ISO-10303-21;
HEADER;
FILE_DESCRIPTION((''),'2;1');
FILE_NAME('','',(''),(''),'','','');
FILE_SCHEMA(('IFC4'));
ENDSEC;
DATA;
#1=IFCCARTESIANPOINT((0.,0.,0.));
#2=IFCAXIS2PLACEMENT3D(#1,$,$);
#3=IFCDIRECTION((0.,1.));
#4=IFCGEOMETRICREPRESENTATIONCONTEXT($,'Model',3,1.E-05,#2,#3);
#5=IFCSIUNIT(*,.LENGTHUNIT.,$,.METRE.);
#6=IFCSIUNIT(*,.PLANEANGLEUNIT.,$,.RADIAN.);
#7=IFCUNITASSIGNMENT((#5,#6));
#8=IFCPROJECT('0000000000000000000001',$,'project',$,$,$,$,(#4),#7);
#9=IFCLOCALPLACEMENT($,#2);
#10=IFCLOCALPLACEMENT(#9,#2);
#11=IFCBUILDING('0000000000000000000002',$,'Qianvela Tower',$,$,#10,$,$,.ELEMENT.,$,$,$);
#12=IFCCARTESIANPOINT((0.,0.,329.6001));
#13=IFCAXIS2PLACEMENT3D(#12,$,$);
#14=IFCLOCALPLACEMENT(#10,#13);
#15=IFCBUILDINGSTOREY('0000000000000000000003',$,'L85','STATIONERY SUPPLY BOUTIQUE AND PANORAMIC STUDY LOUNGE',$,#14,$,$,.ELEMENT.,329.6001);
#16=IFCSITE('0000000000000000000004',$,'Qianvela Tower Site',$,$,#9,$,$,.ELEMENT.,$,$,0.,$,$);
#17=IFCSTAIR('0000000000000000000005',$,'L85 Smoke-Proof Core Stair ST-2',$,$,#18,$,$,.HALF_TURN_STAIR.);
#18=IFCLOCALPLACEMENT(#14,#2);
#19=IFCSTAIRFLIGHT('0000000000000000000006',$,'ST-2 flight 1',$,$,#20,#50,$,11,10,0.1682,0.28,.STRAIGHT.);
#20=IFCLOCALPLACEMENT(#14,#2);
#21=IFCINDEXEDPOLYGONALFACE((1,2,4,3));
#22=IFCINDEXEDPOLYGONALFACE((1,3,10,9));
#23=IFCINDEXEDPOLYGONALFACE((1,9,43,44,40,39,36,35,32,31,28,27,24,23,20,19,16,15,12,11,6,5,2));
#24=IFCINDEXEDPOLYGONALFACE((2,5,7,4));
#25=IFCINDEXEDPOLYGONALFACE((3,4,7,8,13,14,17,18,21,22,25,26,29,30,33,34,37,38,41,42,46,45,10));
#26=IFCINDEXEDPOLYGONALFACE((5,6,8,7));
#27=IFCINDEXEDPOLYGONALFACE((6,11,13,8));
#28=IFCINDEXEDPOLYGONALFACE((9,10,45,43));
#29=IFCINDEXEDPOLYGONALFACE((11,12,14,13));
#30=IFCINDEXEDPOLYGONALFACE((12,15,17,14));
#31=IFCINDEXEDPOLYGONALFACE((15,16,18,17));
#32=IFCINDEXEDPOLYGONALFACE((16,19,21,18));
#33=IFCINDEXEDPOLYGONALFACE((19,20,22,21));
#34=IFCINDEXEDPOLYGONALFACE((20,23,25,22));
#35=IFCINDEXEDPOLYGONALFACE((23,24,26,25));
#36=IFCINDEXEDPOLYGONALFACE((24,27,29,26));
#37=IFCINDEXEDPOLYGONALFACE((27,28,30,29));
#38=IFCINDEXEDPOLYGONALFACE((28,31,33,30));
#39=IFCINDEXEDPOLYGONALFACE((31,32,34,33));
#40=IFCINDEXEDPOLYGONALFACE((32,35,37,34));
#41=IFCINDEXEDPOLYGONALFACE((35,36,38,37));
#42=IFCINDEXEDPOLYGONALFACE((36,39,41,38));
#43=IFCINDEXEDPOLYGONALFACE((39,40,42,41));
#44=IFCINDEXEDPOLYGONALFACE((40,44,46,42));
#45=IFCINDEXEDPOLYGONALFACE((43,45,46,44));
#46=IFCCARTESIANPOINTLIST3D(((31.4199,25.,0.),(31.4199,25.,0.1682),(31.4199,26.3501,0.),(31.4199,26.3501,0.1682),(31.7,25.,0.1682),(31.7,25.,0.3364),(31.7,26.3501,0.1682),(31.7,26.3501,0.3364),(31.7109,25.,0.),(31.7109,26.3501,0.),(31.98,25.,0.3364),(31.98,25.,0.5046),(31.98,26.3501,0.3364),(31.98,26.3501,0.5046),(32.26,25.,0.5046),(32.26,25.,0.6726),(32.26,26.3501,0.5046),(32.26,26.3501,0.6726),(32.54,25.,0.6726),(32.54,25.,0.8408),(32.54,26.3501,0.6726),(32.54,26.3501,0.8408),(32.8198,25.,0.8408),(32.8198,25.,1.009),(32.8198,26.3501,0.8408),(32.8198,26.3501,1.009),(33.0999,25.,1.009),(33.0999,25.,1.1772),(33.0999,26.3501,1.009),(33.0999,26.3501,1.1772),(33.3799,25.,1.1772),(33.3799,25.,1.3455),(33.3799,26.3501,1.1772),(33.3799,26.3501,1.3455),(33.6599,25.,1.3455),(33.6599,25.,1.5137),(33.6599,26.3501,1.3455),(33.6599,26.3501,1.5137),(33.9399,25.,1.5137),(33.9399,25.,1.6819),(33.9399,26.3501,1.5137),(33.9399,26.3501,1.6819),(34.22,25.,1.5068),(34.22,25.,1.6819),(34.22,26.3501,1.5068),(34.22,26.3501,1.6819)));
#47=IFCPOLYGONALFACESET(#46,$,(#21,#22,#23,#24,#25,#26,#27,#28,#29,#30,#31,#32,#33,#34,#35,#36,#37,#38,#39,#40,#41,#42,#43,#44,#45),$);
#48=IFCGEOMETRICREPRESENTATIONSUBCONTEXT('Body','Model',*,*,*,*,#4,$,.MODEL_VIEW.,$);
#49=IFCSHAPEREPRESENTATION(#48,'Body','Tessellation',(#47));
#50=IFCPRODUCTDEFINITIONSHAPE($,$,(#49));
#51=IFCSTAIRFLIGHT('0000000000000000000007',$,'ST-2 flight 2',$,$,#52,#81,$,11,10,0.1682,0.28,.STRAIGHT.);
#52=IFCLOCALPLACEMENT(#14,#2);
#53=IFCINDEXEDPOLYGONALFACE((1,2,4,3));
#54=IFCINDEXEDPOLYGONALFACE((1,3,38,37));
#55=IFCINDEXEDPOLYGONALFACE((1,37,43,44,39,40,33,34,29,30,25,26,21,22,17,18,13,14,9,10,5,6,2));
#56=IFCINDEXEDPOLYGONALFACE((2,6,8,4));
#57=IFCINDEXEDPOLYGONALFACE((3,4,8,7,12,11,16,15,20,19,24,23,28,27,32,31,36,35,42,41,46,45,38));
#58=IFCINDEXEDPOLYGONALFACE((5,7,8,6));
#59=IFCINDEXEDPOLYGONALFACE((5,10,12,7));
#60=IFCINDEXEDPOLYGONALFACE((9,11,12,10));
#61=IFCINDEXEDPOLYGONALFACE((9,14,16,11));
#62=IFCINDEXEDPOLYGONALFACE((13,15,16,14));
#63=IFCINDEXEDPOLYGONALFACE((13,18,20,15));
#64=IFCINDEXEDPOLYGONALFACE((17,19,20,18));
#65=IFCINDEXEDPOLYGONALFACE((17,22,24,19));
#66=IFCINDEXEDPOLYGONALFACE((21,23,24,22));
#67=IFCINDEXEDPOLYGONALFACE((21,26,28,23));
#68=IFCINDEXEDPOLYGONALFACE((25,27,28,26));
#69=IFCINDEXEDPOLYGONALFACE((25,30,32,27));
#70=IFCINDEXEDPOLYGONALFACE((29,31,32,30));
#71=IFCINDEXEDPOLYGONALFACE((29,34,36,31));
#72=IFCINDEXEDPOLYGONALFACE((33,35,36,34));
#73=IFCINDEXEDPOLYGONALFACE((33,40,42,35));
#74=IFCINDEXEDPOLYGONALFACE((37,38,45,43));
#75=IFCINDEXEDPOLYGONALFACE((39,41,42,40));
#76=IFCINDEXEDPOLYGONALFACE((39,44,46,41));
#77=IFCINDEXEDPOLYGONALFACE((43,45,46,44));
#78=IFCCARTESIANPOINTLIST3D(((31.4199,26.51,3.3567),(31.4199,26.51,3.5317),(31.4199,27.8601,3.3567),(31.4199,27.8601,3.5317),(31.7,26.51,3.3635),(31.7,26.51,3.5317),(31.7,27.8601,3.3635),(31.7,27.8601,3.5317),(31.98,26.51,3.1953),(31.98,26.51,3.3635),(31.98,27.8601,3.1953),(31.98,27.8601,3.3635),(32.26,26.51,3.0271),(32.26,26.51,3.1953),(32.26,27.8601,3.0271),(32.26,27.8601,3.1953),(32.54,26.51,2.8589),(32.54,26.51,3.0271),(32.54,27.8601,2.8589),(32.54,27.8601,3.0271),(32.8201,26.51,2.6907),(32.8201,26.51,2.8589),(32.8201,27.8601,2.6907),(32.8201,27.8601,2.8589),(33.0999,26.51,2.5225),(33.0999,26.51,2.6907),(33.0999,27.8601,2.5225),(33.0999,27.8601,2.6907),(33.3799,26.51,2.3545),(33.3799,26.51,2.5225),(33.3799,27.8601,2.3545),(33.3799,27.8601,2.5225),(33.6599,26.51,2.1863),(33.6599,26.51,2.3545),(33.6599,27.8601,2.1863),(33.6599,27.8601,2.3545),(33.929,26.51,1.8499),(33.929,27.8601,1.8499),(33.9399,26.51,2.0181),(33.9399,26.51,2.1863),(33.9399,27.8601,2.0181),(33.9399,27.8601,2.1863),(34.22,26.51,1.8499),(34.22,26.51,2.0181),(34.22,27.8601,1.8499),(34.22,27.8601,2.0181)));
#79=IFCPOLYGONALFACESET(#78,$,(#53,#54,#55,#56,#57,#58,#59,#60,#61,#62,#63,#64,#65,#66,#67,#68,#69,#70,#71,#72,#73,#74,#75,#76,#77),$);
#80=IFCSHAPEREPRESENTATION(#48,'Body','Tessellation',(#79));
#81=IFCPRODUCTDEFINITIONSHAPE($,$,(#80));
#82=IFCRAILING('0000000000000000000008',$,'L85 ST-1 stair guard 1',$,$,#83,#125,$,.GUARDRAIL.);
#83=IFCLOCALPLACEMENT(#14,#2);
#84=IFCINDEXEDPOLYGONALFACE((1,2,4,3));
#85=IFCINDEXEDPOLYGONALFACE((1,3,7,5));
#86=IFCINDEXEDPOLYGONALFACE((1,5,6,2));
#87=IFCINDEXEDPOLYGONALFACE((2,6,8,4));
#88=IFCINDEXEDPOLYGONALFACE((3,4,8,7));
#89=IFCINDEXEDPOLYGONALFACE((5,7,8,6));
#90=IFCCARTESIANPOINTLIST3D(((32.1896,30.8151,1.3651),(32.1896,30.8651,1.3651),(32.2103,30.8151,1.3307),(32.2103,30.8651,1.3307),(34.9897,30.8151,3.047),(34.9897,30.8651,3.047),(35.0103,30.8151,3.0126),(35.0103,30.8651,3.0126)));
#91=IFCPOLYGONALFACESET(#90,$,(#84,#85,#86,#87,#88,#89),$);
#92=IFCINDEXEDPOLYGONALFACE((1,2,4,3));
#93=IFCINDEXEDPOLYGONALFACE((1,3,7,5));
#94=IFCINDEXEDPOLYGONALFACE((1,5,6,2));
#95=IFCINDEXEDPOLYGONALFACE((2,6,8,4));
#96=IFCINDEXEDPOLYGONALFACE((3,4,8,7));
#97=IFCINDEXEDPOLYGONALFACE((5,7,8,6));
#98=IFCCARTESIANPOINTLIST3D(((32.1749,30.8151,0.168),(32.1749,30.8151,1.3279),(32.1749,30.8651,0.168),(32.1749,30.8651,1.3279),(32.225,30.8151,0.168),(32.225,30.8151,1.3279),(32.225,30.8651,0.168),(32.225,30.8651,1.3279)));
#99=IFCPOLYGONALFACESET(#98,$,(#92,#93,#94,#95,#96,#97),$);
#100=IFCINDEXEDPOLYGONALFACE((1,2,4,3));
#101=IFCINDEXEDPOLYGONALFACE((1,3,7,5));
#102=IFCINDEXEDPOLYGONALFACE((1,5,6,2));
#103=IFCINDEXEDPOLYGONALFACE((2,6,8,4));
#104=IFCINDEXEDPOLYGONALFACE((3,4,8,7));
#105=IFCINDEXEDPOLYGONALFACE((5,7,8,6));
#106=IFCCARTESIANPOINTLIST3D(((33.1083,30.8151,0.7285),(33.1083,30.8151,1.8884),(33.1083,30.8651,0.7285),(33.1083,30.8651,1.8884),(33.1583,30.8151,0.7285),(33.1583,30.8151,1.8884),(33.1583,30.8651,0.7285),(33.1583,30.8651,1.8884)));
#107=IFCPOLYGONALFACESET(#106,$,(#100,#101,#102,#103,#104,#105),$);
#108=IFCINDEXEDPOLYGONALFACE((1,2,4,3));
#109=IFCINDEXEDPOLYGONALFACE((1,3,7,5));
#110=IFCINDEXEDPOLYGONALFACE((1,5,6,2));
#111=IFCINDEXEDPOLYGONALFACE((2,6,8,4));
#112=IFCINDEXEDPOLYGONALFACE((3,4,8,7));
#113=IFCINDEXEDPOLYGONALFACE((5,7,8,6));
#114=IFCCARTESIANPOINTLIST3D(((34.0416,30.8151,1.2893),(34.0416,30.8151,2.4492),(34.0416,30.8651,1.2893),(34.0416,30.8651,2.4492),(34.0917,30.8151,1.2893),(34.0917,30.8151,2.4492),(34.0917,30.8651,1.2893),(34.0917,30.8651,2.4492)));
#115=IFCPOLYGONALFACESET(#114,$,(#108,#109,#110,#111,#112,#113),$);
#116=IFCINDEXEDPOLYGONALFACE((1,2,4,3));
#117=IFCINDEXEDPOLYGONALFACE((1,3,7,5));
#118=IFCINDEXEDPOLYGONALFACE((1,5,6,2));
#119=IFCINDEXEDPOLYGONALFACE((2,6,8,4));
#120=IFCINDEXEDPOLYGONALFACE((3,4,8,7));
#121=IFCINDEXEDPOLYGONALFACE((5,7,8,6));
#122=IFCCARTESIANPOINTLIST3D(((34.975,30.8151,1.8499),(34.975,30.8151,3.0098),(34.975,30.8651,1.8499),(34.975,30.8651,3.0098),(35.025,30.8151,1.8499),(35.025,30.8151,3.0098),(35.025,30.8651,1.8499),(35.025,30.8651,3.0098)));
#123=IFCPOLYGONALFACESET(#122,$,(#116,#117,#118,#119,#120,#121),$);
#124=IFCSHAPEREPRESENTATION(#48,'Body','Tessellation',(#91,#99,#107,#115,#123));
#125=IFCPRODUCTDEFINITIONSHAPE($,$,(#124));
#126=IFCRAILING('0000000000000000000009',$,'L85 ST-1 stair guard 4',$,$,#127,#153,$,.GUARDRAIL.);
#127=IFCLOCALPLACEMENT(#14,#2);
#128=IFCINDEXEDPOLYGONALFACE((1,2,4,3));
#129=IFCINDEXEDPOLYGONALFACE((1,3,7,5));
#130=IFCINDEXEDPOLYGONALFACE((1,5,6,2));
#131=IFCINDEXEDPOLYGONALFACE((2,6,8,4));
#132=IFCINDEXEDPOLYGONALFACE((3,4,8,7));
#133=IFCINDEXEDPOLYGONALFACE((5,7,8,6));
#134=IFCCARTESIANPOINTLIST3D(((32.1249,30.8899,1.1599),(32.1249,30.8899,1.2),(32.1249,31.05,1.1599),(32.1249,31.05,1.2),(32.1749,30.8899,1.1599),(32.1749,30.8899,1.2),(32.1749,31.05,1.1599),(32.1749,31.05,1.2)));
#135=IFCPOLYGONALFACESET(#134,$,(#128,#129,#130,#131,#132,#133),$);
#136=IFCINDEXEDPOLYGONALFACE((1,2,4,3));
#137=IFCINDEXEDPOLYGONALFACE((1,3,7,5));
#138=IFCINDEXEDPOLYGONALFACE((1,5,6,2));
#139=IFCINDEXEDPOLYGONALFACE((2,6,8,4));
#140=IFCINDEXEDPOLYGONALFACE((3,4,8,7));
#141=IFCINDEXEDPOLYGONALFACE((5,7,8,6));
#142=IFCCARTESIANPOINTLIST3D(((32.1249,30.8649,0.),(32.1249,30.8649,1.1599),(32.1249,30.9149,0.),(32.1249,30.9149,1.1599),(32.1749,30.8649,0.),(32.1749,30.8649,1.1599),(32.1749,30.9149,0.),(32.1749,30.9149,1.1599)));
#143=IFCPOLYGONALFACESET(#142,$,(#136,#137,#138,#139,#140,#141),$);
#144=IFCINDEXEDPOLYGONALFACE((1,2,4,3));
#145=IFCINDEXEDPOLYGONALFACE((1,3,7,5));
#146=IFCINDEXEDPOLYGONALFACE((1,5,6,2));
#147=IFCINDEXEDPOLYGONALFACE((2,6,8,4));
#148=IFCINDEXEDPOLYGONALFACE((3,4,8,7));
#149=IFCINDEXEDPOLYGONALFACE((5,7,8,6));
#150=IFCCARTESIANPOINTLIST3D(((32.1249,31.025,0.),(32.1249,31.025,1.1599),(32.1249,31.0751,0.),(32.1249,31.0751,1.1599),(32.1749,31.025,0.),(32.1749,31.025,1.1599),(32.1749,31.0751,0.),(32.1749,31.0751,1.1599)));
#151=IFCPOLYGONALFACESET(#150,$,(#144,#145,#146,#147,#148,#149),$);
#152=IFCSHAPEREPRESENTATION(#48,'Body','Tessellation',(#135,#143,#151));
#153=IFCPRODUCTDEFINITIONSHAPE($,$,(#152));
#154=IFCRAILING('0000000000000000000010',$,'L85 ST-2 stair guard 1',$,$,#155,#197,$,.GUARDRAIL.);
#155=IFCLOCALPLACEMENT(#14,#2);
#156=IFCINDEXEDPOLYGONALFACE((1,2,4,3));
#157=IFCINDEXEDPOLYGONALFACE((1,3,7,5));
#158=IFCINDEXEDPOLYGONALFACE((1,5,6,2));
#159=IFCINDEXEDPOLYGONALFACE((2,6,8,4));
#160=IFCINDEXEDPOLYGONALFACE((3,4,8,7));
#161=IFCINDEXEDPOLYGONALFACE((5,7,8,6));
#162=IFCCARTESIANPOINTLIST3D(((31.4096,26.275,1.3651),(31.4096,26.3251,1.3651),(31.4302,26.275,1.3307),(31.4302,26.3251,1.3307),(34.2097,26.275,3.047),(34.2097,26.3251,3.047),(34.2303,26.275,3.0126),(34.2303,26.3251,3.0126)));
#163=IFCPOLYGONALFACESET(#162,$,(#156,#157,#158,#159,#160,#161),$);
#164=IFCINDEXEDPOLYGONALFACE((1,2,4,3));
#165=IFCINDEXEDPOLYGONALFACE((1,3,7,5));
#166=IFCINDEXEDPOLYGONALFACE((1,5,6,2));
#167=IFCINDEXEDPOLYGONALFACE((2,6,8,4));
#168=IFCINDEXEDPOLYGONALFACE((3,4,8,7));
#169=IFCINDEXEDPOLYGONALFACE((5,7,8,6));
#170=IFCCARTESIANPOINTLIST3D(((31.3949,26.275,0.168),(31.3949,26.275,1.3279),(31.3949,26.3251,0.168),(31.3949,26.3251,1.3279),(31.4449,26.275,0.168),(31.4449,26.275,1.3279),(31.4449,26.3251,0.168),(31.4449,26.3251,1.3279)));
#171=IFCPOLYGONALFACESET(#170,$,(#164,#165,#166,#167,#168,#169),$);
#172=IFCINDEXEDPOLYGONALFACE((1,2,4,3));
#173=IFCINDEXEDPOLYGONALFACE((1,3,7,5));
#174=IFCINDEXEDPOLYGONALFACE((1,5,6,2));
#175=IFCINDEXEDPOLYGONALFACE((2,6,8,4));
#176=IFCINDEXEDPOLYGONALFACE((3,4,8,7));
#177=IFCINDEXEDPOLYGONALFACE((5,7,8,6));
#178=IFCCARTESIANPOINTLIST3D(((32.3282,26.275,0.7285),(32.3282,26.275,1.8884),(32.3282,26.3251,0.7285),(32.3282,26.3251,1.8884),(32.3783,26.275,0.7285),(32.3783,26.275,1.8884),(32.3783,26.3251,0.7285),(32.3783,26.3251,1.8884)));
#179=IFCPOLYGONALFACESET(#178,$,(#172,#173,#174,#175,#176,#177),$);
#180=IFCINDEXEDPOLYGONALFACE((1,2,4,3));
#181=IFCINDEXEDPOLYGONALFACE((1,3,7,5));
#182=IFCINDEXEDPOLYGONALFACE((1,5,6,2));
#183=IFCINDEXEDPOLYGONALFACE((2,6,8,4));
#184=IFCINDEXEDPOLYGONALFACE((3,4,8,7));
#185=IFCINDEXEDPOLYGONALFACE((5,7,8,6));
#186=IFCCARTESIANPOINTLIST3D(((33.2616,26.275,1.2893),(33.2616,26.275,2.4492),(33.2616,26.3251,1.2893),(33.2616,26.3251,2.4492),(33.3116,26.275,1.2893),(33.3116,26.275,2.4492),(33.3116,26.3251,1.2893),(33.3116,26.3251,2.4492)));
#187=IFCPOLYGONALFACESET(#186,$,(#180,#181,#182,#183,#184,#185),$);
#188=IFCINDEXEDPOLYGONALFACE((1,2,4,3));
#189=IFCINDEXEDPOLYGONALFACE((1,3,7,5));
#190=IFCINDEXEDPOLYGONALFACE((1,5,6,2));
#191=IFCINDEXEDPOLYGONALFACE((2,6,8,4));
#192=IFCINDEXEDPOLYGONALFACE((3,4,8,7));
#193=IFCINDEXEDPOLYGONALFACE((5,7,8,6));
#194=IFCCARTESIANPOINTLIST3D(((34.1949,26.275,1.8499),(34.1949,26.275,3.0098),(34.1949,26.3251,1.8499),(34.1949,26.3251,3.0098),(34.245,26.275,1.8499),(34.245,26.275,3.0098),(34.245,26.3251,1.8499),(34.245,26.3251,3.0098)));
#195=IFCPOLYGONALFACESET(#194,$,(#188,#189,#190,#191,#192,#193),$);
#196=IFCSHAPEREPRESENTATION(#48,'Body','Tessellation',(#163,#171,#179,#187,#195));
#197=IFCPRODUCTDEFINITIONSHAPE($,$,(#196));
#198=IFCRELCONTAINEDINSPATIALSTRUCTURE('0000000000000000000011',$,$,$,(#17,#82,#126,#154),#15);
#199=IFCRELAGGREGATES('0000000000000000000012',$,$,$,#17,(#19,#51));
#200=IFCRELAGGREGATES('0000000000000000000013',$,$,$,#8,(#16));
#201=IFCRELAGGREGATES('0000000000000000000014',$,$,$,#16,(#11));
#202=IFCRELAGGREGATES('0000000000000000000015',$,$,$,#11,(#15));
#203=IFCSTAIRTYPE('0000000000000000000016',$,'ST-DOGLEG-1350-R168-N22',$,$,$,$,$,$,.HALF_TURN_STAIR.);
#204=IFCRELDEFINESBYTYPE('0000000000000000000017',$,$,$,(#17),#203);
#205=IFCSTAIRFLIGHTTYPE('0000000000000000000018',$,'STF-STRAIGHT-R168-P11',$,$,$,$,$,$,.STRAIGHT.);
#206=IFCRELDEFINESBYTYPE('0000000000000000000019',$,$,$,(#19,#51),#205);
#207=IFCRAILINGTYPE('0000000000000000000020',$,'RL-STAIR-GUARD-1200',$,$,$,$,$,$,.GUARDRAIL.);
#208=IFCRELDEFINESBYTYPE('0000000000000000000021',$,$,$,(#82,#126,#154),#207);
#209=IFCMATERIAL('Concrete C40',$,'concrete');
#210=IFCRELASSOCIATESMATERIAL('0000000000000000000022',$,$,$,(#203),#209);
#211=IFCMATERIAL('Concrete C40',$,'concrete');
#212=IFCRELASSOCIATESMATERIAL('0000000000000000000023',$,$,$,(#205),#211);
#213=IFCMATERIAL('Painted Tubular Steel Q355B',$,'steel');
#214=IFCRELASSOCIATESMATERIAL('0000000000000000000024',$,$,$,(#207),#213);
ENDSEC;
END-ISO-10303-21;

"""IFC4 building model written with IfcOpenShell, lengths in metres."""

from ifc_helpers import new_model, si_unit, direction, frame, origin, origin_2d, place, context, subcontext, project, spatial, polyline, rectangle, outline, extrude, material, type_object, element, aggregate, save


model = new_model("IFC4")

# Units and contexts
model_context = context("Model", 3, precision=1e-05, world=origin(), true_north=direction((0.0, 1.0)))
body_context = subcontext(model_context, "Body", "Model", "MODEL_VIEW")
ifc_project = project(units=[si_unit("LENGTHUNIT", "METRE"), si_unit("PLANEANGLEUNIT", "RADIAN")], contexts=[model_context])

# Site, building, storey
site_placement = place(None, origin())
site = spatial("IfcSite", under=ifc_project, at=site_placement, Name="Qianvela Tower Site", CompositionType="ELEMENT", RefElevation=0.0)
building_placement = place(site_placement, origin())
building = spatial("IfcBuilding", under=site, at=building_placement, Name="Qianvela Tower", CompositionType="ELEMENT")
storey_placement = place(building_placement, frame((0.0, 0.0, 329.6001)))
storey = spatial("IfcBuildingStorey", under=building, at=storey_placement, Name="L85", Description="STATIONERY SUPPLY BOUTIQUE AND PANORAMIC STUDY LOUNGE", CompositionType="ELEMENT", Elevation=329.6001)

# Stair, stair flights
ifc_material_1 = material(Name="Concrete C40", Category="concrete")
stair_type = type_object("IfcStairType", Name="ST-DOGLEG-1350-R168-N22", PredefinedType="HALF_TURN_STAIR", material=ifc_material_1)
ifc_material_2 = material(Name="Concrete C40", Category="concrete")
stair_flight_type = type_object("IfcStairFlightType", Name="STF-STRAIGHT-R168-P11", PredefinedType="STRAIGHT", material=ifc_material_2)
stair_1_placement = place(storey_placement, origin())
stair_1 = element("IfcStair", 1, at=stair_1_placement, inside=storey, type_object=stair_type, Name="L85 Smoke-Proof Core Stair ST-2", PredefinedType="HALF_TURN_STAIR")
stair_flight_1_placement = place(storey_placement, frame((31.4199, 25.675, 0.0), z_axis=(0.0, 0.0, 1.0), x_axis=(1.0, 0.0, 0.0)))
stair_flight_1 = element("IfcStairFlight", 2, at=stair_flight_1_placement, type_object=stair_flight_type, Name="ST-2 flight 1", NumberOfRisers=11, NumberOfTreads=10, PredefinedType="STRAIGHT", RiserHeight=0.1682, TreadLength=0.28, context=body_context, shape_type="SweptSolid", body=[
    extrude(outline(polyline([(0.0, 0.0), (0.0, 0.1682), (0.28, 0.1682), (0.28, 0.3364), (0.5601, 0.3364), (0.5601, 0.5046), (0.8401, 0.5046), (0.8401, 0.6726), (1.1201, 0.6726), (1.1201, 0.8408), (1.3999, 0.8408), (1.3999, 1.009), (1.6799, 1.009), (1.6799, 1.1772), (1.96, 1.1772), (1.96, 1.3455), (2.24, 1.3455), (2.24, 1.5137), (2.52, 1.5137), (2.52, 1.6819), (2.8, 1.6819), (2.8, 1.8501), (2.8, 1.5068), (0.291, 0.0), (0.0, 0.0)])), frame((0.0, 0.675, 0.0), z_axis=(0.0, -1.0, 0.0), x_axis=(1.0, 0.0, 0.0)), (0.0, 0.0, 1.0), 1.3501),
])
stair_flight_2_placement = place(storey_placement, frame((34.22, 27.1851, 1.8499), z_axis=(0.0, 0.0, 1.0), x_axis=(-1.0, 0.0, 0.0)))
stair_flight_2 = element("IfcStairFlight", 3, at=stair_flight_2_placement, type_object=stair_flight_type, Name="ST-2 flight 2", NumberOfRisers=11, NumberOfTreads=10, PredefinedType="STRAIGHT", RiserHeight=0.1682, TreadLength=0.28, context=body_context, shape_type="SweptSolid", body=[
    extrude(outline(polyline([(0.0, 0.0), (0.0, 0.1682), (0.28, 0.1682), (0.28, 0.3364), (0.5601, 0.3364), (0.5601, 0.5046), (0.8401, 0.5046), (0.8401, 0.6726), (1.1201, 0.6726), (1.1201, 0.8408), (1.3999, 0.8408), (1.3999, 1.009), (1.6799, 1.009), (1.6799, 1.1772), (1.96, 1.1772), (1.96, 1.3455), (2.24, 1.3455), (2.24, 1.5137), (2.52, 1.5137), (2.52, 1.6819), (2.8, 1.6819), (2.8, 1.8501), (2.8, 1.5068), (0.291, 0.0), (0.0, 0.0)])), frame((0.0, 0.675, 0.0), z_axis=(0.0, -1.0, 0.0), x_axis=(1.0, 0.0, 0.0)), (0.0, 0.0, 1.0), 1.3501),
])
aggregate(stair_1, [stair_flight_1, stair_flight_2])

# Railings
ifc_material_3 = material(Name="Painted Tubular Steel Q355B", Category="steel")
railing_type_1 = type_object("IfcRailingType", Name="RL-STAIR-GUARD-1200", PredefinedType="GUARDRAIL", material=ifc_material_3)
railing_1_placement = place(storey_placement, frame((32.2, 30.8401, 0.168)))
element("IfcRailing", 4, at=railing_1_placement, inside=storey, type_object=railing_type_1, Name="L85 ST-1 stair guard 1", PredefinedType="GUARDRAIL", context=body_context, shape_type="SweptSolid", body=[
    extrude(rectangle(XDim=0.05, YDim=0.04, at=origin_2d()), frame((0.0, 0.0, 1.1799), z_axis=(0.857242, 0.0, 0.514913), x_axis=(0.0, 1.0, 0.0)), (0.0, 0.0, 1.0), 3.2664),
    extrude(rectangle(XDim=0.05, YDim=0.05, at=origin_2d()), origin(), (0.0, 0.0, 1.0), 1.1599),
    extrude(rectangle(XDim=0.05, YDim=0.05, at=origin_2d()), frame((0.9333, 0.0, 0.5605)), (0.0, 0.0, 1.0), 1.1599),
    extrude(rectangle(XDim=0.05, YDim=0.05, at=origin_2d()), frame((1.8667, 0.0, 1.1213)), (0.0, 0.0, 1.0), 1.1599),
    extrude(rectangle(XDim=0.05, YDim=0.05, at=origin_2d()), frame((2.8, 0.0, 1.6819)), (0.0, 0.0, 1.0), 1.1599),
])
railing_2_placement = place(storey_placement, frame((32.1499, 30.8899, 0.0)))
element("IfcRailing", 5, at=railing_2_placement, inside=storey, type_object=railing_type_1, Name="L85 ST-1 stair guard 4", PredefinedType="GUARDRAIL", context=body_context, shape_type="SweptSolid", body=[
    extrude(rectangle(XDim=0.05, YDim=0.04, at=origin_2d()), frame((0.0, 0.0, 1.1799), z_axis=(0.0, 1.0, 0.0), x_axis=(-1.0, 0.0, 0.0)), (0.0, 0.0, 1.0), 0.1602),
    extrude(rectangle(XDim=0.05, YDim=0.05, at=origin_2d()), origin(), (0.0, 0.0, 1.0), 1.1599),
    extrude(rectangle(XDim=0.05, YDim=0.05, at=origin_2d()), frame((0.0, 0.1602, 0.0)), (0.0, 0.0, 1.0), 1.1599),
])
railing_3_placement = place(storey_placement, frame((31.4199, 26.3, 0.168)))
element("IfcRailing", 6, at=railing_3_placement, inside=storey, type_object=railing_type_1, Name="L85 ST-2 stair guard 1", PredefinedType="GUARDRAIL", context=body_context, shape_type="SweptSolid", body=[
    extrude(rectangle(XDim=0.05, YDim=0.04, at=origin_2d()), frame((0.0, 0.0, 1.1799), z_axis=(0.857242, 0.0, 0.514913), x_axis=(0.0, 1.0, 0.0)), (0.0, 0.0, 1.0), 3.2664),
    extrude(rectangle(XDim=0.05, YDim=0.05, at=origin_2d()), origin(), (0.0, 0.0, 1.0), 1.1599),
    extrude(rectangle(XDim=0.05, YDim=0.05, at=origin_2d()), frame((0.9333, 0.0, 0.5605)), (0.0, 0.0, 1.0), 1.1599),
    extrude(rectangle(XDim=0.05, YDim=0.05, at=origin_2d()), frame((1.8667, 0.0, 1.1213)), (0.0, 0.0, 1.0), 1.1599),
    extrude(rectangle(XDim=0.05, YDim=0.05, at=origin_2d()), frame((2.8, 0.0, 1.6819)), (0.0, 0.0, 1.0), 1.1599),
])

save(model, "model.ifc")
